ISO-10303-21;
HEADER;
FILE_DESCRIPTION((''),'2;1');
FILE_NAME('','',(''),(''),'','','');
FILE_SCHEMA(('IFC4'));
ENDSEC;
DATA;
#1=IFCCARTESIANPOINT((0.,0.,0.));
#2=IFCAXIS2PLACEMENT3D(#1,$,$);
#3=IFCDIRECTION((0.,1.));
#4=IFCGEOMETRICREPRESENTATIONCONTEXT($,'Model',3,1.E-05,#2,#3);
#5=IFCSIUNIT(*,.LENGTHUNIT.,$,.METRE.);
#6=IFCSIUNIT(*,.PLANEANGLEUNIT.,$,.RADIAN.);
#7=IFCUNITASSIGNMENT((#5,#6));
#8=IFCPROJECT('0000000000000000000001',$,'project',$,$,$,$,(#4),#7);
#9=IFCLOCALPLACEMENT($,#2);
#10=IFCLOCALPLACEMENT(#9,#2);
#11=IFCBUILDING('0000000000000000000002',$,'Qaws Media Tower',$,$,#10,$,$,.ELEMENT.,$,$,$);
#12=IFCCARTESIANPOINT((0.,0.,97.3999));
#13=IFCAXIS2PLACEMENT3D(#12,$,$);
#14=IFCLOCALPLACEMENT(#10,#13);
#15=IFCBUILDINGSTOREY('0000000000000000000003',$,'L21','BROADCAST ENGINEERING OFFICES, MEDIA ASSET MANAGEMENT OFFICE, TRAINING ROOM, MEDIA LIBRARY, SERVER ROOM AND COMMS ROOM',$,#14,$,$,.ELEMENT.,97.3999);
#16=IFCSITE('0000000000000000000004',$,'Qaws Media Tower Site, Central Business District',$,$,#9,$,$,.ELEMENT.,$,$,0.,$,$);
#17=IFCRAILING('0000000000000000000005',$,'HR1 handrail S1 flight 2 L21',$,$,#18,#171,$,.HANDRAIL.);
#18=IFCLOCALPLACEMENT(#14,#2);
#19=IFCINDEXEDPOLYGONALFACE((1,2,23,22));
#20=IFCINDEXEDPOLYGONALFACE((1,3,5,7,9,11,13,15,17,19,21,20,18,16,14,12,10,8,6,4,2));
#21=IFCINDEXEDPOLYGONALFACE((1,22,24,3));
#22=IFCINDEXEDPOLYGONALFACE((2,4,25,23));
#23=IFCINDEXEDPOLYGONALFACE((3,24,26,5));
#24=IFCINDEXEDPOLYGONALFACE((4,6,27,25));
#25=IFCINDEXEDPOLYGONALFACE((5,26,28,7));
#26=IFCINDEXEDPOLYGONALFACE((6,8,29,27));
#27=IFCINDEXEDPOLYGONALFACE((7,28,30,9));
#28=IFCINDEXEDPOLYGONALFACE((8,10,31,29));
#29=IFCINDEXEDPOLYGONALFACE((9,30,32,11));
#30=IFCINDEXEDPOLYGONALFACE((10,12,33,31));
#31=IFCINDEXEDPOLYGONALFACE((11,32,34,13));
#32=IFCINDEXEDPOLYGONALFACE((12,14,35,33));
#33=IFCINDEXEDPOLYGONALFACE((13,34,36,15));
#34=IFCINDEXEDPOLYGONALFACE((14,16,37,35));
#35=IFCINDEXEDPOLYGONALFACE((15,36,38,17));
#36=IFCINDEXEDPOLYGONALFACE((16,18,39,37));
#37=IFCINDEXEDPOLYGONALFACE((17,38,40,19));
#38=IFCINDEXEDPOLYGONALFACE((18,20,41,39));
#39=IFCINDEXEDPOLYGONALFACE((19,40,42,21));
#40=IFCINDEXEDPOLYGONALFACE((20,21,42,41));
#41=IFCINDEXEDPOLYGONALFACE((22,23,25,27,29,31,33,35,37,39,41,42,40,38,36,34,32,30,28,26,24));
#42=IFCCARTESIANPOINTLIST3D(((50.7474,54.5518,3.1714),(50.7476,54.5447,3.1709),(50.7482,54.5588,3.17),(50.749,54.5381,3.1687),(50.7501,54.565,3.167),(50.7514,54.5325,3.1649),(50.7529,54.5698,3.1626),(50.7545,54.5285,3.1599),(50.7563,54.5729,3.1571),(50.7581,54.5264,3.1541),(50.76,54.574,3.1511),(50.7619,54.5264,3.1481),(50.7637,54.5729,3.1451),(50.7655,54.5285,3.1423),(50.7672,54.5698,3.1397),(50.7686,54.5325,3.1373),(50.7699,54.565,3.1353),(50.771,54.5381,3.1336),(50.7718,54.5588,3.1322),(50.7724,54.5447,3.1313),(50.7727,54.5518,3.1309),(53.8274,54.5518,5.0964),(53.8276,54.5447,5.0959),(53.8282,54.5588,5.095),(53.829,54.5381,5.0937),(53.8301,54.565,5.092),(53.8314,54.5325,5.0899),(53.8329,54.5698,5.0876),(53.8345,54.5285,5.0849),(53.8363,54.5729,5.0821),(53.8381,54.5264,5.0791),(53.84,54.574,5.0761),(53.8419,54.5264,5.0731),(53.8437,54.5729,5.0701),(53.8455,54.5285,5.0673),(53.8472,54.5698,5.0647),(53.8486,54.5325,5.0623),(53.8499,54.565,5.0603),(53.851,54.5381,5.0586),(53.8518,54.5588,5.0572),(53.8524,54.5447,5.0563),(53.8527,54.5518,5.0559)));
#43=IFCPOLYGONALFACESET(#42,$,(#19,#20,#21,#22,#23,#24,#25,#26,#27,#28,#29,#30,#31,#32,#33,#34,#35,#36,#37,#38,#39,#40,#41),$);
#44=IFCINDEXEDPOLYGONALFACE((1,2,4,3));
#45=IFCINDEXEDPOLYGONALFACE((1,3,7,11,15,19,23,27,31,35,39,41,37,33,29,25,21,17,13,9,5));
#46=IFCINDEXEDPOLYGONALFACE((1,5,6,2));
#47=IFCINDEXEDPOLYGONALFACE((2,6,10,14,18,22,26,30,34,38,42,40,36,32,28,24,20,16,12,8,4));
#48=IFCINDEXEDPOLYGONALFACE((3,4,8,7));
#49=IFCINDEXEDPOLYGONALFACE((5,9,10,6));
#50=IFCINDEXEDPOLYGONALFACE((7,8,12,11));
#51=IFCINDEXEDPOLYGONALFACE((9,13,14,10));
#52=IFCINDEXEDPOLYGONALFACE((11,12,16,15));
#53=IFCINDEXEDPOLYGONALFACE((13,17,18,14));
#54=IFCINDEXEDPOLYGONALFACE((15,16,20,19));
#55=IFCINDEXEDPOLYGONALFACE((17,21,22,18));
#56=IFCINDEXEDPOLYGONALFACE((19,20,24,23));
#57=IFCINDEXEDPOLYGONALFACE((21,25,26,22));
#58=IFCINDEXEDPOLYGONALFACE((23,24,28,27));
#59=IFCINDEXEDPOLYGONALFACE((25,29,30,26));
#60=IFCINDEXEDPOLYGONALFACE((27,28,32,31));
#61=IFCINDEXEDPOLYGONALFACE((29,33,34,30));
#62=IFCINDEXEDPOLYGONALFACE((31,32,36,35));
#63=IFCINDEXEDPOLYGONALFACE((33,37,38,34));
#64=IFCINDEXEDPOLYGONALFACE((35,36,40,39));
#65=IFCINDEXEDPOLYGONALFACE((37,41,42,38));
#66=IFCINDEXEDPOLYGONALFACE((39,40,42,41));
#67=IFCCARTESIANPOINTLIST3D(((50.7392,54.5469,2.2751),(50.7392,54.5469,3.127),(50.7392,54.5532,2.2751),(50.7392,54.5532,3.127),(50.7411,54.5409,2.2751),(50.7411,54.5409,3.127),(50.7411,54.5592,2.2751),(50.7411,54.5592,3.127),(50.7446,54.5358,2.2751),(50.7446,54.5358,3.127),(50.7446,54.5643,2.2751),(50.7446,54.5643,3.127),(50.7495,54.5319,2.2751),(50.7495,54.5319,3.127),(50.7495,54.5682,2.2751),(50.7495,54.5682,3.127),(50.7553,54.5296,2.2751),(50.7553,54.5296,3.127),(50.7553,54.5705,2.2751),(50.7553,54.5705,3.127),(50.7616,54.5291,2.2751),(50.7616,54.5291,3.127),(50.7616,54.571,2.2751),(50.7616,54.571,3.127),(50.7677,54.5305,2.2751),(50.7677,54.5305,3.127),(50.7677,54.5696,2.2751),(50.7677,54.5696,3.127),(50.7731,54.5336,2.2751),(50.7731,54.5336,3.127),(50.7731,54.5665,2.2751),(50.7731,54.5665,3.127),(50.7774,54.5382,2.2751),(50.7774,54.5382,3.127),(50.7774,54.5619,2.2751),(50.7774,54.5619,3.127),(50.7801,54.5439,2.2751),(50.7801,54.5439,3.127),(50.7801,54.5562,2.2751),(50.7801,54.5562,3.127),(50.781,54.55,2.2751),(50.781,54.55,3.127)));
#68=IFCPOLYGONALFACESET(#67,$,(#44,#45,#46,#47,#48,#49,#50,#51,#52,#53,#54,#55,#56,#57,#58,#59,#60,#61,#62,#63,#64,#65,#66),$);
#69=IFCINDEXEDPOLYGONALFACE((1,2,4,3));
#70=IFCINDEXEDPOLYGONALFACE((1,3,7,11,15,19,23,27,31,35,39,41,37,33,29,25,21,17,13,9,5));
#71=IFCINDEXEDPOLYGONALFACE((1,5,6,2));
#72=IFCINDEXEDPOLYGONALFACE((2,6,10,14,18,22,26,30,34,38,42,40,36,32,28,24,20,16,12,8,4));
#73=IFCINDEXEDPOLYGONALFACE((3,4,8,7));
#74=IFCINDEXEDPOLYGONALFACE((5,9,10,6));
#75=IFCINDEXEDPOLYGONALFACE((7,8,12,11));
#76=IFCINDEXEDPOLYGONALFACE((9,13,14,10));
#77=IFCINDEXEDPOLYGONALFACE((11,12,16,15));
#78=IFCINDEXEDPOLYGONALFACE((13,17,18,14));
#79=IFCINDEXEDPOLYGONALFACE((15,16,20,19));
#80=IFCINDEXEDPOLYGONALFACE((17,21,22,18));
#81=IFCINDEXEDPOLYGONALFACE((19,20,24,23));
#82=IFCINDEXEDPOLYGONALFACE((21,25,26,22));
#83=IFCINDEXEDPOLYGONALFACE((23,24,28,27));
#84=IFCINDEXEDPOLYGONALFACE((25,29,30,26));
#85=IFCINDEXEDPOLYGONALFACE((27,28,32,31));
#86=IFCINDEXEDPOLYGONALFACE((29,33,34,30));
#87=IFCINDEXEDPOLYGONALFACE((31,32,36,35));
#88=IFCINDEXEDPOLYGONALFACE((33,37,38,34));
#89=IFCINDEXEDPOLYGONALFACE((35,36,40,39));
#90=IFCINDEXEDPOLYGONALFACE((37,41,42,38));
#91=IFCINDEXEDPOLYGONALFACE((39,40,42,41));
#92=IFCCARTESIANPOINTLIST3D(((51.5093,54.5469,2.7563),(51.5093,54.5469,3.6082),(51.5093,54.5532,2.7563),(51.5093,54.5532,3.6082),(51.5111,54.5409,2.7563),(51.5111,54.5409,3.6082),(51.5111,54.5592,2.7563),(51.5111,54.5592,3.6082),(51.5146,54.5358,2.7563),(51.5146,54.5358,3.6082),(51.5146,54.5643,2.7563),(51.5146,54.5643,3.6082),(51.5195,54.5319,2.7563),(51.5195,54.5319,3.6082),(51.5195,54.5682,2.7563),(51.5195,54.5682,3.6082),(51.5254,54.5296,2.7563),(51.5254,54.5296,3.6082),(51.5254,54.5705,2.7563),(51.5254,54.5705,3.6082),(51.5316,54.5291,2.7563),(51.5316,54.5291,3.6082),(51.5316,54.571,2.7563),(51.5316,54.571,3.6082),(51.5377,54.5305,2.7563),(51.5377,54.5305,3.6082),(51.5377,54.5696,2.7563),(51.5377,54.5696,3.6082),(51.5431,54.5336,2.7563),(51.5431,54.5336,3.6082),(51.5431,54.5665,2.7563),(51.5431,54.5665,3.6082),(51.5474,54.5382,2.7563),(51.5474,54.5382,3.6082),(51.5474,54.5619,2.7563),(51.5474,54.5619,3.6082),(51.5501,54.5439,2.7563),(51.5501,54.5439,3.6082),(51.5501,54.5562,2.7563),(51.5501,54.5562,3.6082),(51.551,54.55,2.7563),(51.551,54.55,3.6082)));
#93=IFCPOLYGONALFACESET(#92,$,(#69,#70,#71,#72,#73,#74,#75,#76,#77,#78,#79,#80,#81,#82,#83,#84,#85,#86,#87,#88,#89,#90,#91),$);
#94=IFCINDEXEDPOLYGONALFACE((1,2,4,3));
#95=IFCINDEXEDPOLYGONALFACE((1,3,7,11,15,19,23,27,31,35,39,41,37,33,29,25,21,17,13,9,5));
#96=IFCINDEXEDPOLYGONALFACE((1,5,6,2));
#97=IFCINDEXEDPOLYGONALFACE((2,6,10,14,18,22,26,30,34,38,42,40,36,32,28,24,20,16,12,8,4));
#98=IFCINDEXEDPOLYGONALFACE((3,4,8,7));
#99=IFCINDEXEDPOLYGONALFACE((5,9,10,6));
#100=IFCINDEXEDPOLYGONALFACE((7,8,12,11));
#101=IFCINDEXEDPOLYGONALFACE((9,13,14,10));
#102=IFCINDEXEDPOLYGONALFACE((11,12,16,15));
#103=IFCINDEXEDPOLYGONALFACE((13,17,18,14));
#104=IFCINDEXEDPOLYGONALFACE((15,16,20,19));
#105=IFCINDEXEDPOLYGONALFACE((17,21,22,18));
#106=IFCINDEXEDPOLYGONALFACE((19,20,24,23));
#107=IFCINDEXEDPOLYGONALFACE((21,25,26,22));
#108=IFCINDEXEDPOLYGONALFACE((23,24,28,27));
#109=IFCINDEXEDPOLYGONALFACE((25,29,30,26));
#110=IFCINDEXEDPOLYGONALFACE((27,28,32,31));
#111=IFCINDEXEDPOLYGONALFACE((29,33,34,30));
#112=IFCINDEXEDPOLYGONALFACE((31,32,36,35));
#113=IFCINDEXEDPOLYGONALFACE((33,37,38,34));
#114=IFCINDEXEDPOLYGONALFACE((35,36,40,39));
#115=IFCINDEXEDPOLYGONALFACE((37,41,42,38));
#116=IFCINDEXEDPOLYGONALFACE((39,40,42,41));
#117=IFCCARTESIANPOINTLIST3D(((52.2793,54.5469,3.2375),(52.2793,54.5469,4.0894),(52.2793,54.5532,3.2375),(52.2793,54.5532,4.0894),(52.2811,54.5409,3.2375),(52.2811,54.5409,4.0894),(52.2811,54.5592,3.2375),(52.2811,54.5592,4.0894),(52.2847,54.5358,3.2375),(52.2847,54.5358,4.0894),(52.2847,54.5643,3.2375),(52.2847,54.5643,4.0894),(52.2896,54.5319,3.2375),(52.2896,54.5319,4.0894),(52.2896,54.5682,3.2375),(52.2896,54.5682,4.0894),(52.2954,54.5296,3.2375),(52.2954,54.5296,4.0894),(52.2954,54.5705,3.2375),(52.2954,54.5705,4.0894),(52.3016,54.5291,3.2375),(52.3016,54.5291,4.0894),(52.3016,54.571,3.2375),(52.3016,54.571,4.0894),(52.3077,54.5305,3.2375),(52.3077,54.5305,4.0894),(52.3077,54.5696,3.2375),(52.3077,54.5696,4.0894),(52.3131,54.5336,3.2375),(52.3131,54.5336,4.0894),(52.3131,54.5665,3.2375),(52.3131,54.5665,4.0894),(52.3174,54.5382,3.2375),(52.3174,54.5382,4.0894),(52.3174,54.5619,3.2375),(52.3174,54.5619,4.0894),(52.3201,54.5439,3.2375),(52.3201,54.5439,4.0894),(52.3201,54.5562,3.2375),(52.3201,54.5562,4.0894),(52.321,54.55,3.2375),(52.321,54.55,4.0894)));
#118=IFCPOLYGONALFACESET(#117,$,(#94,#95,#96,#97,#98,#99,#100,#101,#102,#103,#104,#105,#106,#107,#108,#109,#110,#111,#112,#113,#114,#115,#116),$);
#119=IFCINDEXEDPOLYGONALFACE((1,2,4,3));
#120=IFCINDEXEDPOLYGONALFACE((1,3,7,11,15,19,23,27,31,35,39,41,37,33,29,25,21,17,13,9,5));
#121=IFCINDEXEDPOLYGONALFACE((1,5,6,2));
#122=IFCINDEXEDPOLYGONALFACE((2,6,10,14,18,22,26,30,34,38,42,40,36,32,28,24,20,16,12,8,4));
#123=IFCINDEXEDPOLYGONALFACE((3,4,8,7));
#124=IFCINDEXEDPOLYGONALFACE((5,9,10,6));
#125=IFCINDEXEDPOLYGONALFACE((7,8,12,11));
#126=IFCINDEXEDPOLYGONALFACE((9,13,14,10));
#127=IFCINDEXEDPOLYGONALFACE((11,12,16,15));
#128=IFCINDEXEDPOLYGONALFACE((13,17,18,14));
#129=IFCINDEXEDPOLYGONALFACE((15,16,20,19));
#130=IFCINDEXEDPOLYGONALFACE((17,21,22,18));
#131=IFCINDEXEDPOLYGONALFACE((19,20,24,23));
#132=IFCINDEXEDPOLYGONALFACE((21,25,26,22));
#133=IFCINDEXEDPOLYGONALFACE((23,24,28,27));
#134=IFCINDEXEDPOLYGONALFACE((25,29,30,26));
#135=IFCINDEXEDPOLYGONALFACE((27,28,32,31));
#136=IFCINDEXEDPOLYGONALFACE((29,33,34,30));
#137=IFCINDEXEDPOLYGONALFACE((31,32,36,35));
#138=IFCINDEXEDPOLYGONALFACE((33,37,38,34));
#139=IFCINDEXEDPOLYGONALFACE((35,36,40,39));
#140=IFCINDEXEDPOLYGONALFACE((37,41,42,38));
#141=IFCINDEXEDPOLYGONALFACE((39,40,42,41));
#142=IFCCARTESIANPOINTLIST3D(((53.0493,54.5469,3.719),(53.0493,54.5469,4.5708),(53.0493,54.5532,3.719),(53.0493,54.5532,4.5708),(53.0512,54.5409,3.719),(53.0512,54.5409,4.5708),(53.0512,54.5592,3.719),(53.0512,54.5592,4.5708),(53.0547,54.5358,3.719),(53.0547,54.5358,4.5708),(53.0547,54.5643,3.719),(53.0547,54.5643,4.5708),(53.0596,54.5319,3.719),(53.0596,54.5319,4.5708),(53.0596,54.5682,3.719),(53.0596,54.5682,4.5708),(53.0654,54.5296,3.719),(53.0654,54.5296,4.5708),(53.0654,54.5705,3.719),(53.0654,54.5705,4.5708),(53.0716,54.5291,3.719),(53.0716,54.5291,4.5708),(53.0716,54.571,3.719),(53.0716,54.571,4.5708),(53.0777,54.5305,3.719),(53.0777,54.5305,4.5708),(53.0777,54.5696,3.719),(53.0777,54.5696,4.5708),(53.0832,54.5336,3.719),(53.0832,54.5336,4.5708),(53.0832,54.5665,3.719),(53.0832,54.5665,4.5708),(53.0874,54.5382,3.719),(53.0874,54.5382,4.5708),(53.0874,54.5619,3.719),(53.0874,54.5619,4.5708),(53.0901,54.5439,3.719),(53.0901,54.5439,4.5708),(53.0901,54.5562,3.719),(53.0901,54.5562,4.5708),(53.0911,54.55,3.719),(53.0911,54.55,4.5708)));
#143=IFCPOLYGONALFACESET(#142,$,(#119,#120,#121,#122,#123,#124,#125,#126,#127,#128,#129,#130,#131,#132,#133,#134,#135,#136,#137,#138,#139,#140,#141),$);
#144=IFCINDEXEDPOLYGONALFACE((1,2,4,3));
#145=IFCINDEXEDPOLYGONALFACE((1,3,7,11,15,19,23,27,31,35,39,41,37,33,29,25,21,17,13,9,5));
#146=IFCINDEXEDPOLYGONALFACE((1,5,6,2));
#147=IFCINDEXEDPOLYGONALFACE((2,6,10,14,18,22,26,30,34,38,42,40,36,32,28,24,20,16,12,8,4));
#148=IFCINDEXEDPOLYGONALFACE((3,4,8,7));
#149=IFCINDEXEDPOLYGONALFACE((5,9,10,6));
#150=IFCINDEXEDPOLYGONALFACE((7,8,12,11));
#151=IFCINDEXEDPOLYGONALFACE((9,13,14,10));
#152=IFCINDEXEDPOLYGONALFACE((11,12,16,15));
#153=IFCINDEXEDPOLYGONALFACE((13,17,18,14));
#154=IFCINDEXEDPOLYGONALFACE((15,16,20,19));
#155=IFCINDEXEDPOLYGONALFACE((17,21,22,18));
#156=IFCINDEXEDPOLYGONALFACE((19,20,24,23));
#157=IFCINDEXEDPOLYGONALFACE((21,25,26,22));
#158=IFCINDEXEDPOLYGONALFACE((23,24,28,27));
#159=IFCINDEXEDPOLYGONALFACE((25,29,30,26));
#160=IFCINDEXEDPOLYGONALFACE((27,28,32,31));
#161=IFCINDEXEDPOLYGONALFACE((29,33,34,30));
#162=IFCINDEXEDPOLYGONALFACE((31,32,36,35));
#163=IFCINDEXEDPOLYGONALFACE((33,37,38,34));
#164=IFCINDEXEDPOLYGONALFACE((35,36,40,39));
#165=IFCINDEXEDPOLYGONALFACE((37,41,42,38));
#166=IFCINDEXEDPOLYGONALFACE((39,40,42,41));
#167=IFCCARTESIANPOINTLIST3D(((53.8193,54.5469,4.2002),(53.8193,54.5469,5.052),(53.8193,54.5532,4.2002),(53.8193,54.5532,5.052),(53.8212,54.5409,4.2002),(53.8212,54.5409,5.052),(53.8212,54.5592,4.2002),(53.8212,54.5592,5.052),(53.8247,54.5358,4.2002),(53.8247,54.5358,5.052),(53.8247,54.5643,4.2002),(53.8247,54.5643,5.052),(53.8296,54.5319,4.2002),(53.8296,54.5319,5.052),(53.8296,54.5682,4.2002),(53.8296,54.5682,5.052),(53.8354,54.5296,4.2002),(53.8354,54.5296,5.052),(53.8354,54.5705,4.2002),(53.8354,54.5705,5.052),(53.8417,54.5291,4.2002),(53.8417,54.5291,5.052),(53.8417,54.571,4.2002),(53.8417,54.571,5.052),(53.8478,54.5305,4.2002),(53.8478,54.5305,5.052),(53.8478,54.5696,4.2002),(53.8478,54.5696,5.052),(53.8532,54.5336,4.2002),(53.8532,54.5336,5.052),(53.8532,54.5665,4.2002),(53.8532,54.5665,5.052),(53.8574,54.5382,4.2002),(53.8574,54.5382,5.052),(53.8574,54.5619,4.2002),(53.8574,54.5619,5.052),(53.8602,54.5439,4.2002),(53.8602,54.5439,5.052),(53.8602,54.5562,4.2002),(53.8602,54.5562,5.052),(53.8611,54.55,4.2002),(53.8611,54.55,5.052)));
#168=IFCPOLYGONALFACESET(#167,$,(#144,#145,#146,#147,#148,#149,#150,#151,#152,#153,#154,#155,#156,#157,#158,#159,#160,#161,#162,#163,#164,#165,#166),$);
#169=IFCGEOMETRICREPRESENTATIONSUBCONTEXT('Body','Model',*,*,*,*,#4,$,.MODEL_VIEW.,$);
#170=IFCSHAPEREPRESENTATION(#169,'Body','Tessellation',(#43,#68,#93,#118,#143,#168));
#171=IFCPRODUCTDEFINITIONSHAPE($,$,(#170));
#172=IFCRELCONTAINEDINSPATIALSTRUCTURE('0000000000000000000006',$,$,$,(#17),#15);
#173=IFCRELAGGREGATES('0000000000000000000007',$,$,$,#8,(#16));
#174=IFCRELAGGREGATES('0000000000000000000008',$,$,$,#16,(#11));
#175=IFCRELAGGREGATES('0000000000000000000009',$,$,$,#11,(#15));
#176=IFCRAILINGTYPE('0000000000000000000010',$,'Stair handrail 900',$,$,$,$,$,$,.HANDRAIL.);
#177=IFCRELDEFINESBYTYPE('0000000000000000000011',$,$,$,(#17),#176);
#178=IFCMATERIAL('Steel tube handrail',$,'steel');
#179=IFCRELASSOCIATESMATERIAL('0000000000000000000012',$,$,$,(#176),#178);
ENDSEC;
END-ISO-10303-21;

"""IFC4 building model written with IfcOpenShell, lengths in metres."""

from ifc_helpers import new_model, si_unit, direction, frame, origin, origin_2d, place, context, subcontext, project, spatial, circle, extrude, material, type_object, element, save


model = new_model("IFC4")

# Units and contexts
model_context = context("Model", 3, precision=1e-05, world=origin(), true_north=direction((0.0, 1.0)))
body_context = subcontext(model_context, "Body", "Model", "MODEL_VIEW")
ifc_project = project(units=[si_unit("LENGTHUNIT", "METRE"), si_unit("PLANEANGLEUNIT", "RADIAN")], contexts=[model_context])

# Site, building, storey
site_placement = place(None, origin())
site = spatial("IfcSite", under=ifc_project, at=site_placement, Name="Qaws Media Tower Site, Central Business District", CompositionType="ELEMENT", RefElevation=0.0)
building_placement = place(site_placement, origin())
building = spatial("IfcBuilding", under=site, at=building_placement, Name="Qaws Media Tower", CompositionType="ELEMENT")
storey_placement = place(building_placement, frame((0.0, 0.0, 97.3999)))
storey = spatial("IfcBuildingStorey", under=building, at=storey_placement, Name="L21", Description="BROADCAST ENGINEERING OFFICES, MEDIA ASSET MANAGEMENT OFFICE, TRAINING ROOM, MEDIA LIBRARY, SERVER ROOM AND COMMS ROOM", CompositionType="ELEMENT", Elevation=97.3999)

# Railing
ifc_material_1 = material(Name="Steel tube handrail", Category="steel")
railing_type = type_object("IfcRailingType", Name="Stair handrail 900", PredefinedType="HANDRAIL", material=ifc_material_1)
for number, where, name in (
    (1, (50.76, 54.55, 2.2751), "HR1 handrail S1 flight 2 L21"),
):
    element("IfcRailing", number, at=place(storey_placement, frame(where)), inside=storey, type_object=railing_type, Name=name, PredefinedType="HANDRAIL", context=body_context, shape_type="SweptSolid", body=[
        extrude(circle(Radius=0.0239, at=origin_2d()), frame((0.0, 0.0, 0.876), z_axis=(0.847998, 0.0, 0.529999), x_axis=(0.0, 1.0, 0.0)), (0.0, 0.0, 1.0), 3.6321),
        extrude(circle(Radius=0.021, at=origin_2d()), origin(), (0.0, 0.0, 1.0), 0.8518),
        extrude(circle(Radius=0.021, at=origin_2d()), frame((0.77, 0.0, 0.4812)), (0.0, 0.0, 1.0), 0.8518),
        extrude(circle(Radius=0.021, at=origin_2d()), frame((1.54, 0.0, 0.9624)), (0.0, 0.0, 1.0), 0.8518),
        extrude(circle(Radius=0.021, at=origin_2d()), frame((2.3101, 0.0, 1.4438)), (0.0, 0.0, 1.0), 0.8518),
        extrude(circle(Radius=0.021, at=origin_2d()), frame((3.0801, 0.0, 1.925)), (0.0, 0.0, 1.0), 0.8518),
    ])

save(model, "model.ifc")
